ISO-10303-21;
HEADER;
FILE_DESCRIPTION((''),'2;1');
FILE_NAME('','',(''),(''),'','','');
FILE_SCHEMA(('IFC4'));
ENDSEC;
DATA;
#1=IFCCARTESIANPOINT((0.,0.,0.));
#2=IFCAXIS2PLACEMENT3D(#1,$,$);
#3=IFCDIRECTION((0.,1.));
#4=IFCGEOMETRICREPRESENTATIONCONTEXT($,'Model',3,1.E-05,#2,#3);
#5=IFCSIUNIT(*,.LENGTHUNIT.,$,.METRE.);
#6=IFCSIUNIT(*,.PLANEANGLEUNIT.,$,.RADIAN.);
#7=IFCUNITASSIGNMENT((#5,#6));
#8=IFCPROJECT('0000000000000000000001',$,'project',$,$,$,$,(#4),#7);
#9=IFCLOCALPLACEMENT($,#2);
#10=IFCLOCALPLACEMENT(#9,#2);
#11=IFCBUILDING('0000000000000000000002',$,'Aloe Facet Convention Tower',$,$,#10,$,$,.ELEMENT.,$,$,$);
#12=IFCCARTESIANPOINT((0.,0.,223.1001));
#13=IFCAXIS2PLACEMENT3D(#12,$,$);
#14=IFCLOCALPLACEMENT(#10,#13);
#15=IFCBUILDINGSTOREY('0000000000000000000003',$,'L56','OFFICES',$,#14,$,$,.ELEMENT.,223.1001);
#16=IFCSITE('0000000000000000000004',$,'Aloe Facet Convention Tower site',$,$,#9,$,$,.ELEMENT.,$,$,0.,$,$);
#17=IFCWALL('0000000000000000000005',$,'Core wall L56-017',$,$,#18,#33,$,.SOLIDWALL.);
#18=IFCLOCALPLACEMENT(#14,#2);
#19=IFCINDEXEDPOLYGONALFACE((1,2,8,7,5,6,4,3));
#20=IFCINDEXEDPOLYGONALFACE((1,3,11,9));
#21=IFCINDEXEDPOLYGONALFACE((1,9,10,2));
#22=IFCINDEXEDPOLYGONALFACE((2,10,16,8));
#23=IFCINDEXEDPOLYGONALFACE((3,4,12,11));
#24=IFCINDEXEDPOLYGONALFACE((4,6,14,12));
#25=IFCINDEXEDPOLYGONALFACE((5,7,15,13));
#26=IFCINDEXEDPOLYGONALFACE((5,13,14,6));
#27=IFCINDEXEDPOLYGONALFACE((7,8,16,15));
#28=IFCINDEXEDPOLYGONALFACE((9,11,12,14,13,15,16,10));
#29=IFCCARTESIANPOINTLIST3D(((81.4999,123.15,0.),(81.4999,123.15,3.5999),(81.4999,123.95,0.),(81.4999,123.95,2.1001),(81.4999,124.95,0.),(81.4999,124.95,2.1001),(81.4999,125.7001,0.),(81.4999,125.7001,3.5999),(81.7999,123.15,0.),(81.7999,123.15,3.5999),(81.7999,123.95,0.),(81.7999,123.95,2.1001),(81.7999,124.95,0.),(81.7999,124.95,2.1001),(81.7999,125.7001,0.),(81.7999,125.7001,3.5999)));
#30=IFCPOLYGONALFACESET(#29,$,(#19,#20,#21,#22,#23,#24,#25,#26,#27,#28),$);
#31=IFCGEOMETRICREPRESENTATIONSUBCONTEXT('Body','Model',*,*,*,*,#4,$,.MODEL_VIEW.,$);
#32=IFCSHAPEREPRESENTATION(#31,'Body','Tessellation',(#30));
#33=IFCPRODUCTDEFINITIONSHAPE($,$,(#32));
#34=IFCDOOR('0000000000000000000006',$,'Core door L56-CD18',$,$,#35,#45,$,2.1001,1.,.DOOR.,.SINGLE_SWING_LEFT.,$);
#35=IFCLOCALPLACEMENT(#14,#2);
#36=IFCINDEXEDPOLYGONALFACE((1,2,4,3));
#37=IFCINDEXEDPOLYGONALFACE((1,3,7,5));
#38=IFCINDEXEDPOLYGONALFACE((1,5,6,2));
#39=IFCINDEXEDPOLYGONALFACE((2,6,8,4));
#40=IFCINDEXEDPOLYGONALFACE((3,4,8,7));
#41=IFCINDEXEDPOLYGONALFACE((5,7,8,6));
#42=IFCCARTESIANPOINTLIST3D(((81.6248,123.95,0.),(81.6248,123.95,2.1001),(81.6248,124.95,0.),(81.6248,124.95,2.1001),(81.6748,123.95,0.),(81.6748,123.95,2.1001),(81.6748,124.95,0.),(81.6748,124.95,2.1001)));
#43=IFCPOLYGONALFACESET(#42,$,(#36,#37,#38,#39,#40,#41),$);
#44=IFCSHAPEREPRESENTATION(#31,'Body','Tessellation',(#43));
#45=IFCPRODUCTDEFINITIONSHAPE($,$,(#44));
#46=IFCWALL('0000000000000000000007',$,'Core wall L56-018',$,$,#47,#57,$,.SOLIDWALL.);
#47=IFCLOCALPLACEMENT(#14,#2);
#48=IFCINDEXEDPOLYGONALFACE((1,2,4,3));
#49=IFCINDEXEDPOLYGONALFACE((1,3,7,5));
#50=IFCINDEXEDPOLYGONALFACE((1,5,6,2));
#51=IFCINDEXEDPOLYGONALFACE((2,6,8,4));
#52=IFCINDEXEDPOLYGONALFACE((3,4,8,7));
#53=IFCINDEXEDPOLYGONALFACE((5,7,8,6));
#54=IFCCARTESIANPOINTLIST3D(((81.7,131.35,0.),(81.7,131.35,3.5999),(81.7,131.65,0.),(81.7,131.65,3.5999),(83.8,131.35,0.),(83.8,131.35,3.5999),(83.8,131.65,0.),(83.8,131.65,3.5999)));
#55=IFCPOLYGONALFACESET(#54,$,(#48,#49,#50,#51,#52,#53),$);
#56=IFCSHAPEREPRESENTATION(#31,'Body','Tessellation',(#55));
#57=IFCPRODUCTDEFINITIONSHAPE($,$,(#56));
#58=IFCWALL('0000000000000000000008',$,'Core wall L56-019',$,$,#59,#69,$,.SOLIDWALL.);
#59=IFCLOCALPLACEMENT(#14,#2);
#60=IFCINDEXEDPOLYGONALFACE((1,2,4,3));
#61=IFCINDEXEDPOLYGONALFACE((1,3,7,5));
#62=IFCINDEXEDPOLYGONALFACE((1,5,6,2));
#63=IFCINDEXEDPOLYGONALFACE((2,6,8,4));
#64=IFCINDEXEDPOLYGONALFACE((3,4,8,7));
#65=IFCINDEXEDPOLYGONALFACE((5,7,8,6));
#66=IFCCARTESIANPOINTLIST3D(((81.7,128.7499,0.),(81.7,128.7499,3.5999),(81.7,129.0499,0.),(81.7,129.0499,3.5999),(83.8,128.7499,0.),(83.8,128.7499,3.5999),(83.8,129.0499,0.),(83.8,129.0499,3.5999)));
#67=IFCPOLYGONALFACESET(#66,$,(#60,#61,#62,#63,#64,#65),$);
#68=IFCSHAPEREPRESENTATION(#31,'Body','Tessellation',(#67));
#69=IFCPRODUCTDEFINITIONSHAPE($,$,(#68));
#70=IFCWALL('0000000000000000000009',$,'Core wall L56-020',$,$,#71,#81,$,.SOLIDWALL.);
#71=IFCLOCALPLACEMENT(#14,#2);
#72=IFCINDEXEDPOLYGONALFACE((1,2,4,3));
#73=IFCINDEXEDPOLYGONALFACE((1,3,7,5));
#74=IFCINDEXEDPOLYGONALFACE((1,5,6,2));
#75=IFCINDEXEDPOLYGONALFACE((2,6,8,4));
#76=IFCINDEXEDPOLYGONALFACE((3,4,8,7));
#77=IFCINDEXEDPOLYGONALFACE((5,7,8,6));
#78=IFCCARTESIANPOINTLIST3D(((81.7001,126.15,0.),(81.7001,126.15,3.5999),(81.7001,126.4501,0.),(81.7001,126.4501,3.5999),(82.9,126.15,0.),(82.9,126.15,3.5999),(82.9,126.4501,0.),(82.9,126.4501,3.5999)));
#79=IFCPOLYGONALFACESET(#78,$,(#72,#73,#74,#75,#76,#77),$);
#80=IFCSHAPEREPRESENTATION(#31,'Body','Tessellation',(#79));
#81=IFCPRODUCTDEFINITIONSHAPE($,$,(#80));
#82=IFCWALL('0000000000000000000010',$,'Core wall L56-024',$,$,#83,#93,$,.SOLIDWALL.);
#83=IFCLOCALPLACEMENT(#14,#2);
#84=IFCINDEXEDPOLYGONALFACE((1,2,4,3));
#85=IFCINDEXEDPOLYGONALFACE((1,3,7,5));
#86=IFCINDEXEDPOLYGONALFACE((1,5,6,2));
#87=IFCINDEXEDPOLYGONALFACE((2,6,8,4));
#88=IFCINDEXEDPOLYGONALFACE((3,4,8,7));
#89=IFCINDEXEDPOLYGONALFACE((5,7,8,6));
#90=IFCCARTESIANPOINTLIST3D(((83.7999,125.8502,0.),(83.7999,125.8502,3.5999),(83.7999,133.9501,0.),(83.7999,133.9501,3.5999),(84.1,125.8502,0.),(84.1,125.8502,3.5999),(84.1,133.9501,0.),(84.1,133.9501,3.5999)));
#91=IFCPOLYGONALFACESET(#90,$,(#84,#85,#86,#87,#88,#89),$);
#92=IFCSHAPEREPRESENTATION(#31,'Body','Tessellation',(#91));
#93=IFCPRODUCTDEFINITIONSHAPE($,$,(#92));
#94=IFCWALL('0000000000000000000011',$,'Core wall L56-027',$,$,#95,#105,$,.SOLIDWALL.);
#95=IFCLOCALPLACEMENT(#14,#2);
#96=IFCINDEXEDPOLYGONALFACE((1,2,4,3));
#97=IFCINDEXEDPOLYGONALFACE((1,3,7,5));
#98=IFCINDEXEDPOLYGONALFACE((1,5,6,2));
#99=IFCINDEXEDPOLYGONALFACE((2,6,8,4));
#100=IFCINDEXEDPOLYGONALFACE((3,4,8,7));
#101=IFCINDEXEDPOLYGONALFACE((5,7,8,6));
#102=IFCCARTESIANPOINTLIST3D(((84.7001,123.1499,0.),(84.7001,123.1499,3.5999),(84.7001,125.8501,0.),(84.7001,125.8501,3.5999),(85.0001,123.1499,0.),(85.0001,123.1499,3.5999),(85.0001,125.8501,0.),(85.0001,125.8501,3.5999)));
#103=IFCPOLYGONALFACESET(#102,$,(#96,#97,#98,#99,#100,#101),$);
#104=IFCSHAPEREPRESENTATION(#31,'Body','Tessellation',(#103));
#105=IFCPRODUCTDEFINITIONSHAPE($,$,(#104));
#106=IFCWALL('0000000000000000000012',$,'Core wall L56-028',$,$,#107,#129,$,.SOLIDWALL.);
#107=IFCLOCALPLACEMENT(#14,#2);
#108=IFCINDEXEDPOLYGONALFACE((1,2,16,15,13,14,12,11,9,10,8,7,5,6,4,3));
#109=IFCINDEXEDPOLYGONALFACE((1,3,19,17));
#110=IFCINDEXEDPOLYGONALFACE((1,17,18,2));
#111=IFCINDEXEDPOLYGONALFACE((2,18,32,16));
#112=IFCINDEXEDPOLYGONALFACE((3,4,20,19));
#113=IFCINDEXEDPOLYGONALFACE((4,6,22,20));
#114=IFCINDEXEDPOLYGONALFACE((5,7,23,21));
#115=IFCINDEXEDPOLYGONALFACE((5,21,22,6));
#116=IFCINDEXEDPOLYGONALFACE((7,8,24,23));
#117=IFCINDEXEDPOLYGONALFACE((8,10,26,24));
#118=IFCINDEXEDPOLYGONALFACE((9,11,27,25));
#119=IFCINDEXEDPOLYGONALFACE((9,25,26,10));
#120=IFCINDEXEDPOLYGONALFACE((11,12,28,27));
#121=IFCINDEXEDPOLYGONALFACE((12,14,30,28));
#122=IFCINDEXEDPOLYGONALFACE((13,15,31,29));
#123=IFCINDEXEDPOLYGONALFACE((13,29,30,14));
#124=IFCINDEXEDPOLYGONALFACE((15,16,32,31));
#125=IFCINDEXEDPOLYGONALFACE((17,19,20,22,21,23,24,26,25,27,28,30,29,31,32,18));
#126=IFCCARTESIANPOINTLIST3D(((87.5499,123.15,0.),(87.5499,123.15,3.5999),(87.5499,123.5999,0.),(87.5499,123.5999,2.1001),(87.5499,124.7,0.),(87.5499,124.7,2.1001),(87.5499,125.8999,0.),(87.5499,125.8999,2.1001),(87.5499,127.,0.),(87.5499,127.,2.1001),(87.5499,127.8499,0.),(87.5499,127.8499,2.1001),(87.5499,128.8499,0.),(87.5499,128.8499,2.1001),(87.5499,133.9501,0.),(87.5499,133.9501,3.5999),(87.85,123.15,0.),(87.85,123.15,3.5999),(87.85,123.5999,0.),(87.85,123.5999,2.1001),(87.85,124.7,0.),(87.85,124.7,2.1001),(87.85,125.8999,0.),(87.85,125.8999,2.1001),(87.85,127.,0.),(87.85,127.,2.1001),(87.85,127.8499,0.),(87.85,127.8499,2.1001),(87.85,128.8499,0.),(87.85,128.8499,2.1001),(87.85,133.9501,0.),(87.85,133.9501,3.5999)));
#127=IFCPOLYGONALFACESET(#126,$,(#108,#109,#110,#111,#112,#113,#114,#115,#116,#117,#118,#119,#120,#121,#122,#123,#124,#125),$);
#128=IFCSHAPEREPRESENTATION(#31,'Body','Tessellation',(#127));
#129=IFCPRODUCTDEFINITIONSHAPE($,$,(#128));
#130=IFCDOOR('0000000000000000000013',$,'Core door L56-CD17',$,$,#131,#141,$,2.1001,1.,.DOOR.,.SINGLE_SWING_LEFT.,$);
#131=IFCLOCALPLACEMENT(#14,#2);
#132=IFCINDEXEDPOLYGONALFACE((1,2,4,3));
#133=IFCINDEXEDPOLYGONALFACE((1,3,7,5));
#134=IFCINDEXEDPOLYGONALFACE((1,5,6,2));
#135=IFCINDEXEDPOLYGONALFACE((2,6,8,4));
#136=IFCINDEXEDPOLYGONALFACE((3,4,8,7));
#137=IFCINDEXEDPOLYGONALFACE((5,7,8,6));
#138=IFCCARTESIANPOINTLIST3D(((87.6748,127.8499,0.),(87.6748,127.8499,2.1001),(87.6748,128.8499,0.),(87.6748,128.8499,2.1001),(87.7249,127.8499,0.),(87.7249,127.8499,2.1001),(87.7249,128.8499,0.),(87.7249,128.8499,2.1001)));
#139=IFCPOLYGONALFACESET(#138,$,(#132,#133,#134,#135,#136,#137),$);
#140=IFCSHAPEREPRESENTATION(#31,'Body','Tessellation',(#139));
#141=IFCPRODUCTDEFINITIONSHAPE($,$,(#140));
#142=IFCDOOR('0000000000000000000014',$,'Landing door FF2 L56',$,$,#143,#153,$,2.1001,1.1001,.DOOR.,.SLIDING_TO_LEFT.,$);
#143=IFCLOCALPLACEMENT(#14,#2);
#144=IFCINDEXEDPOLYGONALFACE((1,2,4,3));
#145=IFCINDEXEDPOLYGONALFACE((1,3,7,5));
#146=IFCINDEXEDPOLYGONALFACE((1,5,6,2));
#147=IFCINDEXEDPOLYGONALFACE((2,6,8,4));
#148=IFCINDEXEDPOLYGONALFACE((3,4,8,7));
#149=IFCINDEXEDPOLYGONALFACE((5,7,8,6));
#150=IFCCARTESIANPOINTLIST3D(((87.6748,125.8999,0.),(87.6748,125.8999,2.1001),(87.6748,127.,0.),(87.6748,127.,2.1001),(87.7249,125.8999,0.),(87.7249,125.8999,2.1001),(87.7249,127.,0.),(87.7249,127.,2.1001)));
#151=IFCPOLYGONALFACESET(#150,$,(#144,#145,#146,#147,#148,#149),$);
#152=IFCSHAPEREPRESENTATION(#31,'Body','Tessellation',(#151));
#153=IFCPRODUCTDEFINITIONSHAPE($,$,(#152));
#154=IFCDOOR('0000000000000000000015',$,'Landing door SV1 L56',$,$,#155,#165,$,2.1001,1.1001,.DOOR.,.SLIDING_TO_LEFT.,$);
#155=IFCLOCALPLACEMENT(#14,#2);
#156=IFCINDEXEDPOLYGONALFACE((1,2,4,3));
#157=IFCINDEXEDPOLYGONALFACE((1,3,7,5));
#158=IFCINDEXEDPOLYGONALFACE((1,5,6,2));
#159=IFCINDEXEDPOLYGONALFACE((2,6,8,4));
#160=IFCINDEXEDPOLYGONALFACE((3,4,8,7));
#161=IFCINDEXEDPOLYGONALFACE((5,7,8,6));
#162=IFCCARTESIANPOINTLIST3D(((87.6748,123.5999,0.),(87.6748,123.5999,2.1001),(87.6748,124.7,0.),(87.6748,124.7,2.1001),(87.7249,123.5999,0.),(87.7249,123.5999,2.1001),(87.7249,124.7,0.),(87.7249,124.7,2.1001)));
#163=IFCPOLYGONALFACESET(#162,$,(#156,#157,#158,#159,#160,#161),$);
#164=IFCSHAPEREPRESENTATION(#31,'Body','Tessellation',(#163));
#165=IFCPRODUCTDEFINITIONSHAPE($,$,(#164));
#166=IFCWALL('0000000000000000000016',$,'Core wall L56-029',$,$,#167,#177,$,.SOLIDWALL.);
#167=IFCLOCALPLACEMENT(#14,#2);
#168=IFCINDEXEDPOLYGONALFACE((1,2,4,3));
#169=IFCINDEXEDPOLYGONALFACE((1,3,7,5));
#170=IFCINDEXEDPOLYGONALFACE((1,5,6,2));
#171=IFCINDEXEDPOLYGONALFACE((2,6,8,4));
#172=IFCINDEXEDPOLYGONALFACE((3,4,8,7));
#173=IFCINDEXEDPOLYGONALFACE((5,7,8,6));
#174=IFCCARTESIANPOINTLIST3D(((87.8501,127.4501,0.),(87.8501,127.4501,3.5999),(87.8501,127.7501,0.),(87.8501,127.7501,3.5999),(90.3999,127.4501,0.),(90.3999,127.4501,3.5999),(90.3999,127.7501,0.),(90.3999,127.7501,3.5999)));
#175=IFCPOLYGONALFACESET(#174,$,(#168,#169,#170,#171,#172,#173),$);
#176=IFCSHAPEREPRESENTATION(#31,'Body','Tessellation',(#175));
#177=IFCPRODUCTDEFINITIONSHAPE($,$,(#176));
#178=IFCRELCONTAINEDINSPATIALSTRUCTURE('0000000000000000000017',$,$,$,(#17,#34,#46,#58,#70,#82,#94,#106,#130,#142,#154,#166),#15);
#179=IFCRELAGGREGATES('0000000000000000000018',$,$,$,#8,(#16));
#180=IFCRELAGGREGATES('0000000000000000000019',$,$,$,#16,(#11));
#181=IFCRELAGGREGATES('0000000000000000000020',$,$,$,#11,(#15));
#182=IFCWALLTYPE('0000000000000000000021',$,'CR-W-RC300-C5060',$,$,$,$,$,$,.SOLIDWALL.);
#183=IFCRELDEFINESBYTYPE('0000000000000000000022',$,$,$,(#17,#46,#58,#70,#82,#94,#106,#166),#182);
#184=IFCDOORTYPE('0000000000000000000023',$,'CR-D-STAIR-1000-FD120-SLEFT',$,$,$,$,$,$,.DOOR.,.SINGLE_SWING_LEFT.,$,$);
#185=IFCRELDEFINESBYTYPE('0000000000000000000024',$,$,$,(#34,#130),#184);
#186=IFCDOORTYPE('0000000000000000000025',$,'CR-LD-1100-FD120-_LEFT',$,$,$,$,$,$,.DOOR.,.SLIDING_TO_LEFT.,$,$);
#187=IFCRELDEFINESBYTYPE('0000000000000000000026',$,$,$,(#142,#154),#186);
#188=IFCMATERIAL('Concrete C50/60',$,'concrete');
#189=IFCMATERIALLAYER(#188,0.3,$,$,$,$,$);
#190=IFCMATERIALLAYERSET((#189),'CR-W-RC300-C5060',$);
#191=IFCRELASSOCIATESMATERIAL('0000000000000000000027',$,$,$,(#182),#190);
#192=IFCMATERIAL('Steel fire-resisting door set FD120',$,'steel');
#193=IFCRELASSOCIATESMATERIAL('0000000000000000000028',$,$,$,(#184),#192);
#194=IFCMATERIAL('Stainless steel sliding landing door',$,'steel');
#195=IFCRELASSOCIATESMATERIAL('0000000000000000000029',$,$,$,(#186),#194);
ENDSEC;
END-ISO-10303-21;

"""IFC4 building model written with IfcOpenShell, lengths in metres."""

from ifc_helpers import new_model, si_unit, direction, frame, frame_2d, origin, place, context, subcontext, project, spatial, rectangle, extrude, material, layer, layer_set, type_object, element, fill, save


model = new_model("IFC4")

# Units and contexts
model_context = context("Model", 3, precision=1e-05, world=origin(), true_north=direction((0.0, 1.0)))
body_context = subcontext(model_context, "Body", "Model", "MODEL_VIEW")
ifc_project = project(units=[si_unit("LENGTHUNIT", "METRE"), si_unit("PLANEANGLEUNIT", "RADIAN")], contexts=[model_context])

# Site, building, storey
site_placement = place(None, origin())
site = spatial("IfcSite", under=ifc_project, at=site_placement, Name="Aloe Facet Convention Tower site", CompositionType="ELEMENT", RefElevation=0.0)
building_placement = place(site_placement, origin())
building = spatial("IfcBuilding", under=site, at=building_placement, Name="Aloe Facet Convention Tower", CompositionType="ELEMENT")
storey_placement = place(building_placement, frame((0.0, 0.0, 223.1001)))
storey = spatial("IfcBuildingStorey", under=building, at=storey_placement, Name="L56", Description="OFFICES", CompositionType="ELEMENT", Elevation=223.1001)

# Shared definitions
ifc_material_1 = material(Name="Concrete C50/60", Category="concrete")
ifc_layer_1 = layer(ifc_material_1, 0.3)
ifc_layer_set_1 = layer_set([ifc_layer_1], Name="CR-W-RC300-C5060")
wall_type_1 = type_object("IfcWallType", Name="CR-W-RC300-C5060", PredefinedType="SOLIDWALL", material=ifc_layer_set_1)

# Wall, opening, door
wall_1_placement = place(storey_placement, frame((81.6499, 125.7, 0.0), z_axis=(0.0, 0.0, 1.0), x_axis=(0.0, -1.0, 0.0)))
wall_1 = element("IfcWall", 1, at=wall_1_placement, inside=storey, type_object=wall_type_1, Name="Core wall L56-017", PredefinedType="SOLIDWALL", context=body_context, shape_type="SweptSolid", body=[
    extrude(rectangle(XDim=2.55, YDim=0.3, at=frame_2d((1.2749, 0.0))), origin(), (0.0, 0.0, 1.0), 3.5999),
])
opening_1_placement = place(wall_1_placement, frame((0.75, 0.0, 0.0)))
opening_1 = element("IfcOpeningElement", 2, at=opening_1_placement, cuts=wall_1, PredefinedType="OPENING", context=body_context, shape_type="SweptSolid", body=[
    extrude(rectangle(XDim=1.0, YDim=2.1001, at=frame_2d((0.5, 1.05))), frame((0.0, 0.1602, 0.0), z_axis=(0.0, -1.0, 0.0), x_axis=(1.0, 0.0, 0.0)), (0.0, 0.0, 1.0), 0.3201),
])
ifc_material_2 = material(Name="Steel fire-resisting door set FD120", Category="steel")
door_type_1 = type_object("IfcDoorType", Name="CR-D-STAIR-1000-FD120-SLEFT", OperationType="SINGLE_SWING_LEFT", PredefinedType="DOOR", material=ifc_material_2)
door_1_placement = place(opening_1_placement, origin())
door_1 = element("IfcDoor", 3, at=door_1_placement, inside=storey, type_object=door_type_1, Name="Core door L56-CD18", OperationType="SINGLE_SWING_LEFT", OverallHeight=2.1001, OverallWidth=1.0, PredefinedType="DOOR", context=body_context, shape_type="SweptSolid", body=[
    extrude(rectangle(XDim=1.0, YDim=2.1001, at=frame_2d((0.5, 1.05))), frame((0.0, 0.0249, 0.0), z_axis=(0.0, -1.0, 0.0), x_axis=(1.0, 0.0, 0.0)), (0.0, 0.0, 1.0), 0.05),
])
fill(opening_1, door_1)

# Walls
for number, where, z_axis, x_axis, name in (
    (4, (81.7, 131.5, 0.0), (0.0, 0.0, 1.0), (1.0, 0.0, 0.0), "Core wall L56-018"),
    (5, (81.7, 128.8999, 0.0), (0.0, 0.0, 1.0), (1.0, 0.0, 0.0), "Core wall L56-019"),
):
    element("IfcWall", number, at=place(storey_placement, frame(where, z_axis=z_axis, x_axis=x_axis)), inside=storey, type_object=wall_type_1, Name=name, PredefinedType="SOLIDWALL", context=body_context, shape_type="SweptSolid", body=[
        extrude(rectangle(XDim=2.1001, YDim=0.3, at=frame_2d((1.05, 0.0))), origin(), (0.0, 0.0, 1.0), 3.5999),
    ])
wall_2_placement = place(storey_placement, frame((81.7, 126.3, 0.0), z_axis=(0.0, 0.0, 1.0), x_axis=(1.0, 0.0, 0.0)))
element("IfcWall", 6, at=wall_2_placement, inside=storey, type_object=wall_type_1, Name="Core wall L56-020", PredefinedType="SOLIDWALL", context=body_context, shape_type="SweptSolid", body=[
    extrude(rectangle(XDim=1.2, YDim=0.3, at=frame_2d((0.6001, 0.0))), origin(), (0.0, 0.0, 1.0), 3.5999),
])
wall_3_placement = place(storey_placement, frame((83.95, 133.95, 0.0), z_axis=(0.0, 0.0, 1.0), x_axis=(0.0, -1.0, 0.0)))
element("IfcWall", 7, at=wall_3_placement, inside=storey, type_object=wall_type_1, Name="Core wall L56-024", PredefinedType="SOLIDWALL", context=body_context, shape_type="SweptSolid", body=[
    extrude(rectangle(XDim=8.0999, YDim=0.3, at=frame_2d((4.0498, 0.0))), origin(), (0.0, 0.0, 1.0), 3.5999),
])
wall_4_placement = place(storey_placement, frame((84.8501, 125.8501, 0.0), z_axis=(0.0, 0.0, 1.0), x_axis=(0.0, -1.0, 0.0)))
element("IfcWall", 8, at=wall_4_placement, inside=storey, type_object=wall_type_1, Name="Core wall L56-027", PredefinedType="SOLIDWALL", context=body_context, shape_type="SweptSolid", body=[
    extrude(rectangle(XDim=2.7002, YDim=0.3, at=frame_2d((1.3501, 0.0))), origin(), (0.0, 0.0, 1.0), 3.5999),
])

# Wall, openings, doors
wall_5_placement = place(storey_placement, frame((87.7, 133.95, 0.0), z_axis=(0.0, 0.0, 1.0), x_axis=(0.0, -1.0, 0.0)))
wall_5 = element("IfcWall", 9, at=wall_5_placement, inside=storey, type_object=wall_type_1, Name="Core wall L56-028", PredefinedType="SOLIDWALL", context=body_context, shape_type="SweptSolid", body=[
    extrude(rectangle(XDim=10.8, YDim=0.3, at=frame_2d((5.3999, 0.0))), origin(), (0.0, 0.0, 1.0), 3.5999),
])
opening_2_placement = place(wall_5_placement, frame((6.95, 0.0, 0.0)))
opening_2 = element("IfcOpeningElement", 10, at=opening_2_placement, cuts=wall_5, PredefinedType="OPENING", context=body_context, shape_type="SweptSolid", body=[
    extrude(rectangle(XDim=1.1001, YDim=2.1001, at=frame_2d((0.55, 1.05))), frame((0.0, 0.1602, 0.0), z_axis=(0.0, -1.0, 0.0), x_axis=(1.0, 0.0, 0.0)), (0.0, 0.0, 1.0), 0.3201),
])
opening_3_placement = place(wall_5_placement, frame((5.1001, 0.0, 0.0)))
opening_3 = element("IfcOpeningElement", 11, at=opening_3_placement, cuts=wall_5, PredefinedType="OPENING", context=body_context, shape_type="SweptSolid", body=[
    extrude(rectangle(XDim=1.0, YDim=2.1001, at=frame_2d((0.5, 1.05))), frame((0.0, 0.1602, 0.0), z_axis=(0.0, -1.0, 0.0), x_axis=(1.0, 0.0, 0.0)), (0.0, 0.0, 1.0), 0.3201),
])
opening_4_placement = place(wall_5_placement, frame((9.25, 0.0, 0.0)))
opening_4 = element("IfcOpeningElement", 12, at=opening_4_placement, cuts=wall_5, PredefinedType="OPENING", context=body_context, shape_type="SweptSolid", body=[
    extrude(rectangle(XDim=1.1001, YDim=2.1001, at=frame_2d((0.55, 1.05))), frame((0.0, 0.1602, 0.0), z_axis=(0.0, -1.0, 0.0), x_axis=(1.0, 0.0, 0.0)), (0.0, 0.0, 1.0), 0.3201),
])
door_2_placement = place(opening_3_placement, origin())
door_2 = element("IfcDoor", 13, at=door_2_placement, inside=storey, type_object=door_type_1, Name="Core door L56-CD17", OperationType="SINGLE_SWING_LEFT", OverallHeight=2.1001, OverallWidth=1.0, PredefinedType="DOOR", context=body_context, shape_type="SweptSolid", body=[
    extrude(rectangle(XDim=1.0, YDim=2.1001, at=frame_2d((0.5, 1.05))), frame((0.0, 0.0249, 0.0), z_axis=(0.0, -1.0, 0.0), x_axis=(1.0, 0.0, 0.0)), (0.0, 0.0, 1.0), 0.05),
])
fill(opening_3, door_2)
ifc_material_3 = material(Name="Stainless steel sliding landing door", Category="steel")
door_type_2 = type_object("IfcDoorType", Name="CR-LD-1100-FD120-_LEFT", OperationType="SLIDING_TO_LEFT", PredefinedType="DOOR", material=ifc_material_3)
door_3_placement = place(opening_2_placement, origin())
door_3 = element("IfcDoor", 14, at=door_3_placement, inside=storey, type_object=door_type_2, Name="Landing door FF2 L56", OperationType="SLIDING_TO_LEFT", OverallHeight=2.1001, OverallWidth=1.1001, PredefinedType="DOOR", context=body_context, shape_type="SweptSolid", body=[
    extrude(rectangle(XDim=1.1001, YDim=2.1001, at=frame_2d((0.55, 1.05))), frame((0.0, 0.0249, 0.0), z_axis=(0.0, -1.0, 0.0), x_axis=(1.0, 0.0, 0.0)), (0.0, 0.0, 1.0), 0.05),
])
fill(opening_2, door_3)
door_4_placement = place(opening_4_placement, origin())
door_4 = element("IfcDoor", 15, at=door_4_placement, inside=storey, type_object=door_type_2, Name="Landing door SV1 L56", OperationType="SLIDING_TO_LEFT", OverallHeight=2.1001, OverallWidth=1.1001, PredefinedType="DOOR", context=body_context, shape_type="SweptSolid", body=[
    extrude(rectangle(XDim=1.1001, YDim=2.1001, at=frame_2d((0.55, 1.05))), frame((0.0, 0.0249, 0.0), z_axis=(0.0, -1.0, 0.0), x_axis=(1.0, 0.0, 0.0)), (0.0, 0.0, 1.0), 0.05),
])
fill(opening_4, door_4)

# Wall
for number, where, z_axis, x_axis, name in (
    (16, (87.8501, 127.6001, 0.0), (0.0, 0.0, 1.0), (1.0, 0.0, 0.0), "Core wall L56-029"),
):
    element("IfcWall", number, at=place(storey_placement, frame(where, z_axis=z_axis, x_axis=x_axis)), inside=storey, type_object=wall_type_1, Name=name, PredefinedType="SOLIDWALL", context=body_context, shape_type="SweptSolid", body=[
        extrude(rectangle(XDim=2.5498, YDim=0.3, at=frame_2d((1.2749, 0.0))), origin(), (0.0, 0.0, 1.0), 3.5999),
    ])

save(model, "model.ifc")
